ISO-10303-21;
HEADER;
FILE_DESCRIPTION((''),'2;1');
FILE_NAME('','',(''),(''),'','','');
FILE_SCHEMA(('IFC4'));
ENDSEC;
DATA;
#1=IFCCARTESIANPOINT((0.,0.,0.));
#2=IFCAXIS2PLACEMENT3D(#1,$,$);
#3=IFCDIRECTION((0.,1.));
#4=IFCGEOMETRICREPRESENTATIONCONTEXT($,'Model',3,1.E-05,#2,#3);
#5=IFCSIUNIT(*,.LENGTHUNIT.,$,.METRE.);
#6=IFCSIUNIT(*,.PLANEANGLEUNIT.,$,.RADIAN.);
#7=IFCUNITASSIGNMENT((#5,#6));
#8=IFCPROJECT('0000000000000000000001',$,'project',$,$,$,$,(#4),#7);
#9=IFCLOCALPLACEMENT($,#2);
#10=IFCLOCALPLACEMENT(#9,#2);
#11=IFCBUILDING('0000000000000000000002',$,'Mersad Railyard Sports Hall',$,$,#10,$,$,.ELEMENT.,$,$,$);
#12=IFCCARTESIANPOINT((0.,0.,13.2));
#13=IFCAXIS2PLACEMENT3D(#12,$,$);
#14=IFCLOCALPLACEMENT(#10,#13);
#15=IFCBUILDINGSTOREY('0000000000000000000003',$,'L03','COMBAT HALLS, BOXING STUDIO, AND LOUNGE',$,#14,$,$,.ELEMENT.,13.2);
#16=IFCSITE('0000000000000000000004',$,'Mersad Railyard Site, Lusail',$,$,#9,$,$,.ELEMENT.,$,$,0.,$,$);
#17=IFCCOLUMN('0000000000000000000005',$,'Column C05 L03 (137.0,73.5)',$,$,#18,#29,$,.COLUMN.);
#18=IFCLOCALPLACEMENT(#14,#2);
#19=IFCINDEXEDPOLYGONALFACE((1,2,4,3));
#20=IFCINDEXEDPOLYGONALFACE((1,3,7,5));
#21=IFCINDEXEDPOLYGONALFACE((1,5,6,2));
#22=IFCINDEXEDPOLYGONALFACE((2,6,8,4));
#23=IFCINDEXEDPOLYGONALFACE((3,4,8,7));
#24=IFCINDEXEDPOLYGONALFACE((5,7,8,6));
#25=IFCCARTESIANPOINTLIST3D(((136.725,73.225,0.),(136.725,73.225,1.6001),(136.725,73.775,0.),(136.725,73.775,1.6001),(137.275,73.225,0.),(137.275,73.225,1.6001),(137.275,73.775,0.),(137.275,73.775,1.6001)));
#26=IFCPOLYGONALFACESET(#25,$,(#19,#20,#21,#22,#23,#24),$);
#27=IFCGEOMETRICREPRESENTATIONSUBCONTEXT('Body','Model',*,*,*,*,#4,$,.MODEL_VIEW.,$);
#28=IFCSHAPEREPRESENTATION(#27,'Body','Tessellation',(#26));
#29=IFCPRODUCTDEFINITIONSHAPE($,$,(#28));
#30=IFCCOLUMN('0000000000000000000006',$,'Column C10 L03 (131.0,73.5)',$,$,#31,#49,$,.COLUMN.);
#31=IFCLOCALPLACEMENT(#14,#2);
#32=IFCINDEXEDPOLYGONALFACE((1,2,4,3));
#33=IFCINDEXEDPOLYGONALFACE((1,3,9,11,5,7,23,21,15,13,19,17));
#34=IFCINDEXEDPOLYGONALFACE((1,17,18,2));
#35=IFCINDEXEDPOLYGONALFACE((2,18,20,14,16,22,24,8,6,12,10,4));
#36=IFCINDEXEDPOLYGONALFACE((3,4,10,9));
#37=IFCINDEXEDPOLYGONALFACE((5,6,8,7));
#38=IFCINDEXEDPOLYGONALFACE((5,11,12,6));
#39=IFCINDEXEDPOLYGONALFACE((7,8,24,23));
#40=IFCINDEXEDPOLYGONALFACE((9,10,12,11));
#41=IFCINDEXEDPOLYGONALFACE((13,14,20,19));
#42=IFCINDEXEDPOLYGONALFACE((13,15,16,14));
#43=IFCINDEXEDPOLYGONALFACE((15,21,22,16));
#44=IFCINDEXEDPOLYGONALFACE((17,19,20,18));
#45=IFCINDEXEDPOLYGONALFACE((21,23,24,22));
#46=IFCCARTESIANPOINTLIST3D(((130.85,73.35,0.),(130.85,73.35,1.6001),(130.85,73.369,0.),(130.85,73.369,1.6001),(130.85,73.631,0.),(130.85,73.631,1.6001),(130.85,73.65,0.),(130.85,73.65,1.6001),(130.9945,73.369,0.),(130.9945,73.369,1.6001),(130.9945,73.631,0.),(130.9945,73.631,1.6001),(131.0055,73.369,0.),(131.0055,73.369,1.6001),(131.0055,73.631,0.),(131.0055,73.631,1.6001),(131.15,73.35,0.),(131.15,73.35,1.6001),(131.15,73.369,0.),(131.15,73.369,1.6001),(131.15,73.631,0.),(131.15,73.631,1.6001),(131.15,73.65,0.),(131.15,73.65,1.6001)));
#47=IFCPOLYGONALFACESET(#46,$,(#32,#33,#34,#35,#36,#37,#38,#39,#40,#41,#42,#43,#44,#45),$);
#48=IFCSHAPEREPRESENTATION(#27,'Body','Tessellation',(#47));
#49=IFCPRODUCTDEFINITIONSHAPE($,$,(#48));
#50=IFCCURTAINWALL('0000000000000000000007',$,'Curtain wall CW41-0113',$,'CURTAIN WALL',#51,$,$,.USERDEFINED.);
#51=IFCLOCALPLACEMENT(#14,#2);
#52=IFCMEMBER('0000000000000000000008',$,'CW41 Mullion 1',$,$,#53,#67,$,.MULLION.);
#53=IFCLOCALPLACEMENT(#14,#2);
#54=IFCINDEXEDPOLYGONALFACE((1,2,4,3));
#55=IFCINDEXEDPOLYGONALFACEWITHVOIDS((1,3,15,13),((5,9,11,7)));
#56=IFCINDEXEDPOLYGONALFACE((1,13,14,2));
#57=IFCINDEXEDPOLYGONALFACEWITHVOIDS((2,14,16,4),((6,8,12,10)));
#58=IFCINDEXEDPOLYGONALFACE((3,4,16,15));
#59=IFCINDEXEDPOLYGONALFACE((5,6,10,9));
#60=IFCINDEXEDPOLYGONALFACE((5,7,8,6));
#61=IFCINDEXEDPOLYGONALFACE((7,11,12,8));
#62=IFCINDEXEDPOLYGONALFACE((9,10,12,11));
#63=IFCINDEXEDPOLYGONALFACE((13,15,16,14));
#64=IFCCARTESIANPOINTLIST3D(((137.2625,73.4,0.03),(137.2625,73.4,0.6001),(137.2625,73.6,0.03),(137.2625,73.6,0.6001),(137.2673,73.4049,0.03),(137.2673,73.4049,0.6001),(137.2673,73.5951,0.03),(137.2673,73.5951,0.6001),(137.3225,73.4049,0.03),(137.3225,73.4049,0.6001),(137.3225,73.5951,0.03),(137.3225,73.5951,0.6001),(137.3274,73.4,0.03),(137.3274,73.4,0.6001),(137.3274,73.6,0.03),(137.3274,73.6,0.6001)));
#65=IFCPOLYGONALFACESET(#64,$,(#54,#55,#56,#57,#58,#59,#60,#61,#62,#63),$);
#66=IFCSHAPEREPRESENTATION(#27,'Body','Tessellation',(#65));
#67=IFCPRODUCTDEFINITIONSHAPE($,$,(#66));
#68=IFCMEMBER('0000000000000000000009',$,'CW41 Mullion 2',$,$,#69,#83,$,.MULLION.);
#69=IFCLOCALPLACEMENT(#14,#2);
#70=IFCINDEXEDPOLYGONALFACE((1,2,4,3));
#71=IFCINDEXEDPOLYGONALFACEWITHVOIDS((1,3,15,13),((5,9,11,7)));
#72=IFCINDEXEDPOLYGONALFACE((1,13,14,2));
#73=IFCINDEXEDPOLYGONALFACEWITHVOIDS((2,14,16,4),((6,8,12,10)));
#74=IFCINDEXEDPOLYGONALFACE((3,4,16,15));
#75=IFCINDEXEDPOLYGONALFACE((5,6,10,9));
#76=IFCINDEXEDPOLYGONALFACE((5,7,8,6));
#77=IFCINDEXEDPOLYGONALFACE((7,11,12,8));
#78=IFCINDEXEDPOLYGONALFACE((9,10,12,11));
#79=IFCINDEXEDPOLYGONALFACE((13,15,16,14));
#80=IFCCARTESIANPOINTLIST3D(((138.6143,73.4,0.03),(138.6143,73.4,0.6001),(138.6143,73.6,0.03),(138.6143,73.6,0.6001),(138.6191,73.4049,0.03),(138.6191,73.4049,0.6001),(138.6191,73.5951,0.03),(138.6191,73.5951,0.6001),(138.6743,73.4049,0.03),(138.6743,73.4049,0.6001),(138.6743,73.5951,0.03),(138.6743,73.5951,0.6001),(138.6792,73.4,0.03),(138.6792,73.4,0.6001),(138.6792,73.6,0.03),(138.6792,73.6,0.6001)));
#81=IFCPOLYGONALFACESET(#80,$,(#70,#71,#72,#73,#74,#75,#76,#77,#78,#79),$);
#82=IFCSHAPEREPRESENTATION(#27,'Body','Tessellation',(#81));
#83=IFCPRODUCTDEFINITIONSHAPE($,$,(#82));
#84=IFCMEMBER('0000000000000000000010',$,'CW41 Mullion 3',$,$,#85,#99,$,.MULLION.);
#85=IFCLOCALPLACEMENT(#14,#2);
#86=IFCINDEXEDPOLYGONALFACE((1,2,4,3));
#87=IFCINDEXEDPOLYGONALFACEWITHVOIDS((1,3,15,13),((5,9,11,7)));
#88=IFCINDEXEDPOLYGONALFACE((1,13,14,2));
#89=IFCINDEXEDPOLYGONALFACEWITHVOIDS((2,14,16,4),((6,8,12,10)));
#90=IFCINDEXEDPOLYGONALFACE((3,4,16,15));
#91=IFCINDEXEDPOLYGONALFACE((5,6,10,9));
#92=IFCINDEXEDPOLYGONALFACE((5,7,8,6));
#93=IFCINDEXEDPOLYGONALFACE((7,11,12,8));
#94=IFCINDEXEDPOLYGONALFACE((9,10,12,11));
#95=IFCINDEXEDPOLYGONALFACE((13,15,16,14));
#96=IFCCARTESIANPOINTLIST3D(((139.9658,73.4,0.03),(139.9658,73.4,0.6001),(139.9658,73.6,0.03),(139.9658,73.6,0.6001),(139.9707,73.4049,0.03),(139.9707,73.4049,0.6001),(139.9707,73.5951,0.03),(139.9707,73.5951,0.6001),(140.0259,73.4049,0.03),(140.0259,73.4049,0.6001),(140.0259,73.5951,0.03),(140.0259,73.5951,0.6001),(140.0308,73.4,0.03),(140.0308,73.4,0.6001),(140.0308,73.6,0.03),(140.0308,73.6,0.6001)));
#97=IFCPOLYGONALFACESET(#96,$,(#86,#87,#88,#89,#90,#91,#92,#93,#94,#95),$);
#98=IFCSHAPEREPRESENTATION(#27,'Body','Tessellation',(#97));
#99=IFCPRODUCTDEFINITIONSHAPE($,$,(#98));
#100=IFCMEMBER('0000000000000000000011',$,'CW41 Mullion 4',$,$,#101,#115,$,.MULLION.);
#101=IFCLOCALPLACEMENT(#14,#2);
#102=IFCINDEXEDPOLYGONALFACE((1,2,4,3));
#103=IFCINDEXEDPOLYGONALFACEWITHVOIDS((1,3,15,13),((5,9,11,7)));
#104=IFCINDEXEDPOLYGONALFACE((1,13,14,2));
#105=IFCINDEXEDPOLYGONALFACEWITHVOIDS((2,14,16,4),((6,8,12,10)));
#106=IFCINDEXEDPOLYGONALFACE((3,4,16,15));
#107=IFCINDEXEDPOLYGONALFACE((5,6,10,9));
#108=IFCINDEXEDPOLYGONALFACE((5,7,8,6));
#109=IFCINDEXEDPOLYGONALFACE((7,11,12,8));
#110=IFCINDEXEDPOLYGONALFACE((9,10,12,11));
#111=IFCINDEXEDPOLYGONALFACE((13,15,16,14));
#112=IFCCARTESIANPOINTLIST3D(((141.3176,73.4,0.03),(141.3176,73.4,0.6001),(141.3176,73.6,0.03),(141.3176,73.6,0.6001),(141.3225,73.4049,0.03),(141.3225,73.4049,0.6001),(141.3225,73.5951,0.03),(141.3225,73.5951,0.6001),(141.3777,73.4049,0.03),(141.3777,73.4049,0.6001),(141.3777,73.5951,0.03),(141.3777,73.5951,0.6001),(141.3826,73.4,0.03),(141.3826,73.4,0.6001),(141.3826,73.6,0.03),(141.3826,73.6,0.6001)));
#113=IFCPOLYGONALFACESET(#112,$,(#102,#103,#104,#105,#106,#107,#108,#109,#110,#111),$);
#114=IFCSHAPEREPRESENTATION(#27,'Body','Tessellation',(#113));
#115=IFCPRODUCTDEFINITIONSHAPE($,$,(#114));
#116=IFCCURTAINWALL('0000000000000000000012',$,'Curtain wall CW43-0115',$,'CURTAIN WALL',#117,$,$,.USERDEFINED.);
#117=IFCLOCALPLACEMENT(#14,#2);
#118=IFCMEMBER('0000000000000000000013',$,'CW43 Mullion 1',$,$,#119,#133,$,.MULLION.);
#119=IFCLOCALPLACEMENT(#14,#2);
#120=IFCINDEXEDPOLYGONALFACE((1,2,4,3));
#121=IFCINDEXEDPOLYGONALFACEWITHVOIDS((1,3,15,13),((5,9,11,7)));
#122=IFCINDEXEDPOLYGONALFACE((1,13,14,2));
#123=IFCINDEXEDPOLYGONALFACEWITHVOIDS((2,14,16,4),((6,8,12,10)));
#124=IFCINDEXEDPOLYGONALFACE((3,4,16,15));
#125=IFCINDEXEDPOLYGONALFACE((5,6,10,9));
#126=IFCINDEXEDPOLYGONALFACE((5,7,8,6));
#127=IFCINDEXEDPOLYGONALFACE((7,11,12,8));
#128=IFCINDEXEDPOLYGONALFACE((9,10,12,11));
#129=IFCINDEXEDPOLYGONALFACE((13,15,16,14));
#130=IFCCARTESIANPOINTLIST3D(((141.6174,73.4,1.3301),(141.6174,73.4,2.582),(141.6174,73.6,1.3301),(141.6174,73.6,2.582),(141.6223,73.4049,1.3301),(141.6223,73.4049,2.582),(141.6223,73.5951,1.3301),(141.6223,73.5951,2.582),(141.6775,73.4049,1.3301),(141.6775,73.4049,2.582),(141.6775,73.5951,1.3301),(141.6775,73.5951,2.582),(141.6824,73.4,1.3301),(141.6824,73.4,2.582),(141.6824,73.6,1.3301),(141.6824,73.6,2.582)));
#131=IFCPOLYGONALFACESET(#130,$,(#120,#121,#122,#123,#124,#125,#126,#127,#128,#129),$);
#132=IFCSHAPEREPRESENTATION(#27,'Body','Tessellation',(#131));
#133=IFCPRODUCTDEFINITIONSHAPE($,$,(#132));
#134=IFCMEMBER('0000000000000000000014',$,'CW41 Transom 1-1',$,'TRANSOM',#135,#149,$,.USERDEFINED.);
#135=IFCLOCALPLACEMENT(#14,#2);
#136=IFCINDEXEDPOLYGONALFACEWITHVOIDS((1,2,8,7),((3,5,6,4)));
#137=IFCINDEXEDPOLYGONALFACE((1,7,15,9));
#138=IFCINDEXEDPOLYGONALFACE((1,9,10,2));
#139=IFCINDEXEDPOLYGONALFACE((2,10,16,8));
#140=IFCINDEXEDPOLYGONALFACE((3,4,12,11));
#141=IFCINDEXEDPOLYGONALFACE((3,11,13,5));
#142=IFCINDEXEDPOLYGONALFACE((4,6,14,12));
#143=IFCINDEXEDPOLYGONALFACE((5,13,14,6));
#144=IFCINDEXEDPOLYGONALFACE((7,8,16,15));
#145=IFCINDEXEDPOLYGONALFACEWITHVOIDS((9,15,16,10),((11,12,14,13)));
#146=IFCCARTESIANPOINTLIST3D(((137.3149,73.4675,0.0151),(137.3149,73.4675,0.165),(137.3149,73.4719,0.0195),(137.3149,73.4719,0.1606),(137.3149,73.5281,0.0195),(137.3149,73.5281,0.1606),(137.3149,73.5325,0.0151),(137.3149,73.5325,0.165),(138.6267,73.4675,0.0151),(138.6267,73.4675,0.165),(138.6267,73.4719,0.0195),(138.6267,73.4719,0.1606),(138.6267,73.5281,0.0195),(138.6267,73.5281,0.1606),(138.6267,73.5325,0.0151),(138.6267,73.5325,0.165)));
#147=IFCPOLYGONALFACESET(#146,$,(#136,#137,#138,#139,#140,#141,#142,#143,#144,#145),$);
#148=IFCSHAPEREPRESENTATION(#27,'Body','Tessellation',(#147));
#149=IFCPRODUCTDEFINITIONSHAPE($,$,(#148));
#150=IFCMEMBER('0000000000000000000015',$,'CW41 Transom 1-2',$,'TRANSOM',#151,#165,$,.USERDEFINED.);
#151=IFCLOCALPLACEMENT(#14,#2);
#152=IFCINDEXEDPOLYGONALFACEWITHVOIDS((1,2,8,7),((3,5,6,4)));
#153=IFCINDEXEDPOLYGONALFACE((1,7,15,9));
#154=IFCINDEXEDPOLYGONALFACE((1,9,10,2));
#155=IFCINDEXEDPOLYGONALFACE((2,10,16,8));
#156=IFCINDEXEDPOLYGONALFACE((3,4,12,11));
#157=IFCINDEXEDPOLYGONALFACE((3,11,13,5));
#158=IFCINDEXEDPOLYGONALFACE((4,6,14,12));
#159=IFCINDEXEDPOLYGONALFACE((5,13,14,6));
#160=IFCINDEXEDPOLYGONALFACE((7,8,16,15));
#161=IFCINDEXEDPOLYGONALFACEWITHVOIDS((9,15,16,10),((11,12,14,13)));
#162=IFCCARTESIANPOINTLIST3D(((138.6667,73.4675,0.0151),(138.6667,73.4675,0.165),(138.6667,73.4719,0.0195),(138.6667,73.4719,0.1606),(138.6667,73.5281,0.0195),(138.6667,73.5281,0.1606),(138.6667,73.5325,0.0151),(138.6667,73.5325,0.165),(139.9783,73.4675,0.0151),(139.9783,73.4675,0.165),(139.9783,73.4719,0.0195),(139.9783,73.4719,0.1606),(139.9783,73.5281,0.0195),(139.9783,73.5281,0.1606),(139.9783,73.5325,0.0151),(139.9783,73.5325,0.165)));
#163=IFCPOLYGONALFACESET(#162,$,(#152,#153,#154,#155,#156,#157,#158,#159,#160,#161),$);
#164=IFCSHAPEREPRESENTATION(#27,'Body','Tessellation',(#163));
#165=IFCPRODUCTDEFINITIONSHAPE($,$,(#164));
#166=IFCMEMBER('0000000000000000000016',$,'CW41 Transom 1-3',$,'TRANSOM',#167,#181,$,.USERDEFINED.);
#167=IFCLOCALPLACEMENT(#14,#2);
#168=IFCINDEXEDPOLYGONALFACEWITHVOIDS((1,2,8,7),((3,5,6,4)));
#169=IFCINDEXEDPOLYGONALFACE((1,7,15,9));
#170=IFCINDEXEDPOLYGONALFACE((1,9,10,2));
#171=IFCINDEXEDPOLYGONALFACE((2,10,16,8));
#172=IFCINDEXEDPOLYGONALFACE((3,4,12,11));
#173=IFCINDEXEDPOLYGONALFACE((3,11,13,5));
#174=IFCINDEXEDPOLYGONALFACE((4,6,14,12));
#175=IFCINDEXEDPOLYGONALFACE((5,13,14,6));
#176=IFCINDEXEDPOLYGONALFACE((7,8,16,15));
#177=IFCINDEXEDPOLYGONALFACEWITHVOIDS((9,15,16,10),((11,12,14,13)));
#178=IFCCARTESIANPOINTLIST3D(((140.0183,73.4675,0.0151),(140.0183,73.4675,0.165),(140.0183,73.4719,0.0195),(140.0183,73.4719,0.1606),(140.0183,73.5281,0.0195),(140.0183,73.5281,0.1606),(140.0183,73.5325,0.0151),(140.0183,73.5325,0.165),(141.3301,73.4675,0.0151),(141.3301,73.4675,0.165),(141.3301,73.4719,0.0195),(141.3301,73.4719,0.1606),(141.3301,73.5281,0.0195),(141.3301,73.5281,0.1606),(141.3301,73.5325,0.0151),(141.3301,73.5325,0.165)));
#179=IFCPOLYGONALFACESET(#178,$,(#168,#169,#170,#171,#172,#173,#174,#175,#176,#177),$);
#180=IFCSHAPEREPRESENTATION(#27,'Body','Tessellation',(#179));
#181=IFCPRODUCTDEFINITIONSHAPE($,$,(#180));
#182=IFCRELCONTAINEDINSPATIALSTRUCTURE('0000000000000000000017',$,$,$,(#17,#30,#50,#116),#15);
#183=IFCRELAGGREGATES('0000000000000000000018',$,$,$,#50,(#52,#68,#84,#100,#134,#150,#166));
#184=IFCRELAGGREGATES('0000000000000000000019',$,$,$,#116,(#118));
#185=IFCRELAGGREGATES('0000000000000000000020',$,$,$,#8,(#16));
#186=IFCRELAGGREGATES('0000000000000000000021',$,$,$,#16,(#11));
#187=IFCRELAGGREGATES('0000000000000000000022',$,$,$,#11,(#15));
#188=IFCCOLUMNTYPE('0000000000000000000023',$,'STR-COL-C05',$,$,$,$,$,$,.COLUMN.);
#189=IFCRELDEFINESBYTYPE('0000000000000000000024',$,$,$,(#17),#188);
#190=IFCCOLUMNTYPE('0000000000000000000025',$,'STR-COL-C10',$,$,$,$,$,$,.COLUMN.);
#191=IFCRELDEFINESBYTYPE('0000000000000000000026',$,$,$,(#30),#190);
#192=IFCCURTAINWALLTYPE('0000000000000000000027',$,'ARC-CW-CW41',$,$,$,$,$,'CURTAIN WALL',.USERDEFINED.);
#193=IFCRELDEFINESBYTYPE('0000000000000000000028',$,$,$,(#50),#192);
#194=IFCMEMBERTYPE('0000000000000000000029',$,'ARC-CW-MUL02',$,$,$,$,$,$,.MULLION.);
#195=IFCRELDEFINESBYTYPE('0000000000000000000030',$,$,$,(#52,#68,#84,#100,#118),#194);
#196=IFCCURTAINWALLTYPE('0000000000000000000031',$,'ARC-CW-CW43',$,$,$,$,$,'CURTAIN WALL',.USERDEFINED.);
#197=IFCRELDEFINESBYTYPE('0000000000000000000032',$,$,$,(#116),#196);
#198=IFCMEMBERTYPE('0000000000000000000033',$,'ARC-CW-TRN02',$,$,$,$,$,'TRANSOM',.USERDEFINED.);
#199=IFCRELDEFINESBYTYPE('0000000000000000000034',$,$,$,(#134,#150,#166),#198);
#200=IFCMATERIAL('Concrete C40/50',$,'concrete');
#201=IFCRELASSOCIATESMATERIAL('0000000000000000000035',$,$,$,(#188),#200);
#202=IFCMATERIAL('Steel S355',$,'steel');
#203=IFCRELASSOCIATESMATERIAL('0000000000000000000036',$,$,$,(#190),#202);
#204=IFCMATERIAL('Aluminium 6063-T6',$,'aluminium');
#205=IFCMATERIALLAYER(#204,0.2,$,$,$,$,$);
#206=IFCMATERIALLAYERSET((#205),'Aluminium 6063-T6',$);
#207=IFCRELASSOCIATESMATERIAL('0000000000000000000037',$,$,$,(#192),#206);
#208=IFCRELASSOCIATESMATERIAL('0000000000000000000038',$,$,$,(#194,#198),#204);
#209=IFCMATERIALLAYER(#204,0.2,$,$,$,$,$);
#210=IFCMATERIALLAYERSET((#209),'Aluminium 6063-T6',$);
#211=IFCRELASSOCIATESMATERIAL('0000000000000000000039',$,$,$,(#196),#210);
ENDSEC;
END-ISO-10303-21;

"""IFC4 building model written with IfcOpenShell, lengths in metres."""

from ifc_helpers import new_model, si_unit, direction, frame, origin, origin_2d, place, context, subcontext, project, spatial, rectangle, hollow_rectangle, i_section, extrude, material, layer, layer_set, material_profile, profile_set, type_object, element, aggregate, save


model = new_model("IFC4")

# Units and contexts
model_context = context("Model", 3, precision=1e-05, world=origin(), true_north=direction((0.0, 1.0)))
body_context = subcontext(model_context, "Body", "Model", "MODEL_VIEW")
ifc_project = project(units=[si_unit("LENGTHUNIT", "METRE"), si_unit("PLANEANGLEUNIT", "RADIAN")], contexts=[model_context])

# Site, building, storey
site_placement = place(None, origin())
site = spatial("IfcSite", under=ifc_project, at=site_placement, Name="Mersad Railyard Site, Lusail", CompositionType="ELEMENT", RefElevation=0.0)
building_placement = place(site_placement, origin())
building = spatial("IfcBuilding", under=site, at=building_placement, Name="Mersad Railyard Sports Hall", CompositionType="ELEMENT")
storey_placement = place(building_placement, frame((0.0, 0.0, 13.2)))
storey = spatial("IfcBuildingStorey", under=building, at=storey_placement, Name="L03", Description="COMBAT HALLS, BOXING STUDIO, AND LOUNGE", CompositionType="ELEMENT", Elevation=13.2)

# Columns
ifc_material_1 = material(Name="Concrete C40/50", Category="concrete")
ifc_material_profile_1 = material_profile(ifc_material_1, rectangle(XDim=0.55, YDim=0.55, at=origin_2d()), Name="RC 550x550")
ifc_profile_set_1 = profile_set([ifc_material_profile_1], Name="Concrete C40/50")
column_type_1 = type_object("IfcColumnType", Name="STR-COL-C05", PredefinedType="COLUMN", material=ifc_profile_set_1)
column_1_placement = place(storey_placement, frame((137.0, 73.5, 0.0), z_axis=(0.0, 0.0, 1.0), x_axis=(1.0, 0.0, 0.0)))
element("IfcColumn", 1, at=column_1_placement, inside=storey, type_object=column_type_1, Name="Column C05 L03 (137.0,73.5)", PredefinedType="COLUMN", context=body_context, shape_type="SweptSolid", body=[
    extrude(rectangle(XDim=0.55, YDim=0.55, at=origin_2d()), origin(), (0.0, 0.0, 1.0), 1.6001),
])
ifc_material_2 = material(Name="Steel S355", Category="steel")
ifc_material_profile_2 = material_profile(ifc_material_2, i_section(OverallWidth=0.3, OverallDepth=0.3, WebThickness=0.011, FlangeThickness=0.019, at=origin_2d()), Name="HEB 300")
ifc_profile_set_2 = profile_set([ifc_material_profile_2], Name="Steel S355")
column_type_2 = type_object("IfcColumnType", Name="STR-COL-C10", PredefinedType="COLUMN", material=ifc_profile_set_2)
column_2_placement = place(storey_placement, frame((131.0, 73.5, 0.0), z_axis=(0.0, 0.0, 1.0), x_axis=(1.0, 0.0, 0.0)))
element("IfcColumn", 2, at=column_2_placement, inside=storey, type_object=column_type_2, Name="Column C10 L03 (131.0,73.5)", PredefinedType="COLUMN", context=body_context, shape_type="SweptSolid", body=[
    extrude(i_section(OverallWidth=0.3, OverallDepth=0.3, WebThickness=0.011, FlangeThickness=0.019, at=origin_2d()), origin(), (0.0, 0.0, 1.0), 1.6001),
])

# Curtain wall, members
ifc_material_3 = material(Name="Aluminium 6063-T6", Category="aluminium")
ifc_layer_1 = layer(ifc_material_3, 0.2)
ifc_layer_set_1 = layer_set([ifc_layer_1], Name="Aluminium 6063-T6")
curtain_wall_type_1 = type_object("IfcCurtainWallType", Name="ARC-CW-CW41", ElementType="CURTAIN WALL", PredefinedType="USERDEFINED", material=ifc_layer_set_1)
curtain_wall_1_placement = place(storey_placement, origin())
curtain_wall_1 = element("IfcCurtainWall", 3, at=curtain_wall_1_placement, inside=storey, type_object=curtain_wall_type_1, Name="Curtain wall CW41-0113", ObjectType="CURTAIN WALL", PredefinedType="USERDEFINED")
ifc_material_profile_3 = material_profile(ifc_material_3, hollow_rectangle(XDim=0.0649, YDim=0.2, WallThickness=0.0049, at=origin_2d()), Name="AL MULLION 65x200x5")
ifc_profile_set_3 = profile_set([ifc_material_profile_3], Name="Aluminium 6063-T6")
member_type_1 = type_object("IfcMemberType", Name="ARC-CW-MUL02", PredefinedType="MULLION", material=ifc_profile_set_3)
member_1_placement = place(storey_placement, frame((137.2949, 73.5, 0.03), z_axis=(0.0, 0.0, 1.0), x_axis=(1.0, 0.0, 0.0)))
member_1 = element("IfcMember", 4, at=member_1_placement, type_object=member_type_1, Name="CW41 Mullion 1", PredefinedType="MULLION", context=body_context, shape_type="SweptSolid", body=[
    extrude(hollow_rectangle(XDim=0.0649, YDim=0.2, WallThickness=0.0049, at=origin_2d()), origin(), (0.0, 0.0, 1.0), 0.5701),
])
member_2_placement = place(storey_placement, frame((138.6467, 73.5, 0.03), z_axis=(0.0, 0.0, 1.0), x_axis=(1.0, 0.0, 0.0)))
member_2 = element("IfcMember", 5, at=member_2_placement, type_object=member_type_1, Name="CW41 Mullion 2", PredefinedType="MULLION", context=body_context, shape_type="SweptSolid", body=[
    extrude(hollow_rectangle(XDim=0.0649, YDim=0.2, WallThickness=0.0049, at=origin_2d()), origin(), (0.0, 0.0, 1.0), 0.5701),
])
member_3_placement = place(storey_placement, frame((139.9983, 73.5, 0.03), z_axis=(0.0, 0.0, 1.0), x_axis=(1.0, 0.0, 0.0)))
member_3 = element("IfcMember", 6, at=member_3_placement, type_object=member_type_1, Name="CW41 Mullion 3", PredefinedType="MULLION", context=body_context, shape_type="SweptSolid", body=[
    extrude(hollow_rectangle(XDim=0.0649, YDim=0.2, WallThickness=0.0049, at=origin_2d()), origin(), (0.0, 0.0, 1.0), 0.5701),
])
member_4_placement = place(storey_placement, frame((141.3501, 73.5, 0.03), z_axis=(0.0, 0.0, 1.0), x_axis=(1.0, 0.0, 0.0)))
member_4 = element("IfcMember", 7, at=member_4_placement, type_object=member_type_1, Name="CW41 Mullion 4", PredefinedType="MULLION", context=body_context, shape_type="SweptSolid", body=[
    extrude(hollow_rectangle(XDim=0.0649, YDim=0.2, WallThickness=0.0049, at=origin_2d()), origin(), (0.0, 0.0, 1.0), 0.5701),
])

# Curtain wall, member
ifc_layer_2 = layer(ifc_material_3, 0.2)
ifc_layer_set_2 = layer_set([ifc_layer_2], Name="Aluminium 6063-T6")
curtain_wall_type_2 = type_object("IfcCurtainWallType", Name="ARC-CW-CW43", ElementType="CURTAIN WALL", PredefinedType="USERDEFINED", material=ifc_layer_set_2)
curtain_wall_2_placement = place(storey_placement, origin())
curtain_wall_2 = element("IfcCurtainWall", 8, at=curtain_wall_2_placement, inside=storey, type_object=curtain_wall_type_2, Name="Curtain wall CW43-0115", ObjectType="CURTAIN WALL", PredefinedType="USERDEFINED")
member_5_placement = place(storey_placement, frame((141.6499, 73.5, 1.3301), z_axis=(0.0, 0.0, 1.0), x_axis=(1.0, 0.0, 0.0)))
member_5 = element("IfcMember", 9, at=member_5_placement, type_object=member_type_1, Name="CW43 Mullion 1", PredefinedType="MULLION", context=body_context, shape_type="SweptSolid", body=[
    extrude(hollow_rectangle(XDim=0.0649, YDim=0.2, WallThickness=0.0049, at=origin_2d()), origin(), (0.0, 0.0, 1.0), 1.252),
])

# Members
ifc_material_profile_4 = material_profile(ifc_material_3, hollow_rectangle(XDim=0.0649, YDim=0.1499, WallThickness=0.0044, at=origin_2d()), Name="AL TRANSOM 65x150x4.5")
ifc_profile_set_4 = profile_set([ifc_material_profile_4], Name="Aluminium 6063-T6")
member_type_2 = type_object("IfcMemberType", Name="ARC-CW-TRN02", ElementType="TRANSOM", PredefinedType="USERDEFINED", material=ifc_profile_set_4)
member_6_placement = place(storey_placement, frame((137.3149, 73.5, 0.0901), z_axis=(1.0, 0.0, 0.0), x_axis=(0.0, 1.0, 0.0)))
member_6 = element("IfcMember", 10, at=member_6_placement, type_object=member_type_2, Name="CW41 Transom 1-1", ObjectType="TRANSOM", PredefinedType="USERDEFINED", context=body_context, shape_type="SweptSolid", body=[
    extrude(hollow_rectangle(XDim=0.0649, YDim=0.1499, WallThickness=0.0044, at=origin_2d()), origin(), (0.0, 0.0, 1.0), 1.3118),
])
member_7_placement = place(storey_placement, frame((138.6667, 73.5, 0.0901), z_axis=(1.0, 0.0, 0.0), x_axis=(0.0, 1.0, 0.0)))
member_7 = element("IfcMember", 11, at=member_7_placement, type_object=member_type_2, Name="CW41 Transom 1-2", ObjectType="TRANSOM", PredefinedType="USERDEFINED", context=body_context, shape_type="SweptSolid", body=[
    extrude(hollow_rectangle(XDim=0.0649, YDim=0.1499, WallThickness=0.0044, at=origin_2d()), origin(), (0.0, 0.0, 1.0), 1.3115),
])
member_8_placement = place(storey_placement, frame((140.0183, 73.5, 0.0901), z_axis=(1.0, 0.0, 0.0), x_axis=(0.0, 1.0, 0.0)))
member_8 = element("IfcMember", 12, at=member_8_placement, type_object=member_type_2, Name="CW41 Transom 1-3", ObjectType="TRANSOM", PredefinedType="USERDEFINED", context=body_context, shape_type="SweptSolid", body=[
    extrude(hollow_rectangle(XDim=0.0649, YDim=0.1499, WallThickness=0.0044, at=origin_2d()), origin(), (0.0, 0.0, 1.0), 1.3118),
])
aggregate(curtain_wall_1, [member_1, member_2, member_3, member_4, member_6, member_7, member_8])

aggregate(curtain_wall_2, [member_5])

save(model, "model.ifc")
